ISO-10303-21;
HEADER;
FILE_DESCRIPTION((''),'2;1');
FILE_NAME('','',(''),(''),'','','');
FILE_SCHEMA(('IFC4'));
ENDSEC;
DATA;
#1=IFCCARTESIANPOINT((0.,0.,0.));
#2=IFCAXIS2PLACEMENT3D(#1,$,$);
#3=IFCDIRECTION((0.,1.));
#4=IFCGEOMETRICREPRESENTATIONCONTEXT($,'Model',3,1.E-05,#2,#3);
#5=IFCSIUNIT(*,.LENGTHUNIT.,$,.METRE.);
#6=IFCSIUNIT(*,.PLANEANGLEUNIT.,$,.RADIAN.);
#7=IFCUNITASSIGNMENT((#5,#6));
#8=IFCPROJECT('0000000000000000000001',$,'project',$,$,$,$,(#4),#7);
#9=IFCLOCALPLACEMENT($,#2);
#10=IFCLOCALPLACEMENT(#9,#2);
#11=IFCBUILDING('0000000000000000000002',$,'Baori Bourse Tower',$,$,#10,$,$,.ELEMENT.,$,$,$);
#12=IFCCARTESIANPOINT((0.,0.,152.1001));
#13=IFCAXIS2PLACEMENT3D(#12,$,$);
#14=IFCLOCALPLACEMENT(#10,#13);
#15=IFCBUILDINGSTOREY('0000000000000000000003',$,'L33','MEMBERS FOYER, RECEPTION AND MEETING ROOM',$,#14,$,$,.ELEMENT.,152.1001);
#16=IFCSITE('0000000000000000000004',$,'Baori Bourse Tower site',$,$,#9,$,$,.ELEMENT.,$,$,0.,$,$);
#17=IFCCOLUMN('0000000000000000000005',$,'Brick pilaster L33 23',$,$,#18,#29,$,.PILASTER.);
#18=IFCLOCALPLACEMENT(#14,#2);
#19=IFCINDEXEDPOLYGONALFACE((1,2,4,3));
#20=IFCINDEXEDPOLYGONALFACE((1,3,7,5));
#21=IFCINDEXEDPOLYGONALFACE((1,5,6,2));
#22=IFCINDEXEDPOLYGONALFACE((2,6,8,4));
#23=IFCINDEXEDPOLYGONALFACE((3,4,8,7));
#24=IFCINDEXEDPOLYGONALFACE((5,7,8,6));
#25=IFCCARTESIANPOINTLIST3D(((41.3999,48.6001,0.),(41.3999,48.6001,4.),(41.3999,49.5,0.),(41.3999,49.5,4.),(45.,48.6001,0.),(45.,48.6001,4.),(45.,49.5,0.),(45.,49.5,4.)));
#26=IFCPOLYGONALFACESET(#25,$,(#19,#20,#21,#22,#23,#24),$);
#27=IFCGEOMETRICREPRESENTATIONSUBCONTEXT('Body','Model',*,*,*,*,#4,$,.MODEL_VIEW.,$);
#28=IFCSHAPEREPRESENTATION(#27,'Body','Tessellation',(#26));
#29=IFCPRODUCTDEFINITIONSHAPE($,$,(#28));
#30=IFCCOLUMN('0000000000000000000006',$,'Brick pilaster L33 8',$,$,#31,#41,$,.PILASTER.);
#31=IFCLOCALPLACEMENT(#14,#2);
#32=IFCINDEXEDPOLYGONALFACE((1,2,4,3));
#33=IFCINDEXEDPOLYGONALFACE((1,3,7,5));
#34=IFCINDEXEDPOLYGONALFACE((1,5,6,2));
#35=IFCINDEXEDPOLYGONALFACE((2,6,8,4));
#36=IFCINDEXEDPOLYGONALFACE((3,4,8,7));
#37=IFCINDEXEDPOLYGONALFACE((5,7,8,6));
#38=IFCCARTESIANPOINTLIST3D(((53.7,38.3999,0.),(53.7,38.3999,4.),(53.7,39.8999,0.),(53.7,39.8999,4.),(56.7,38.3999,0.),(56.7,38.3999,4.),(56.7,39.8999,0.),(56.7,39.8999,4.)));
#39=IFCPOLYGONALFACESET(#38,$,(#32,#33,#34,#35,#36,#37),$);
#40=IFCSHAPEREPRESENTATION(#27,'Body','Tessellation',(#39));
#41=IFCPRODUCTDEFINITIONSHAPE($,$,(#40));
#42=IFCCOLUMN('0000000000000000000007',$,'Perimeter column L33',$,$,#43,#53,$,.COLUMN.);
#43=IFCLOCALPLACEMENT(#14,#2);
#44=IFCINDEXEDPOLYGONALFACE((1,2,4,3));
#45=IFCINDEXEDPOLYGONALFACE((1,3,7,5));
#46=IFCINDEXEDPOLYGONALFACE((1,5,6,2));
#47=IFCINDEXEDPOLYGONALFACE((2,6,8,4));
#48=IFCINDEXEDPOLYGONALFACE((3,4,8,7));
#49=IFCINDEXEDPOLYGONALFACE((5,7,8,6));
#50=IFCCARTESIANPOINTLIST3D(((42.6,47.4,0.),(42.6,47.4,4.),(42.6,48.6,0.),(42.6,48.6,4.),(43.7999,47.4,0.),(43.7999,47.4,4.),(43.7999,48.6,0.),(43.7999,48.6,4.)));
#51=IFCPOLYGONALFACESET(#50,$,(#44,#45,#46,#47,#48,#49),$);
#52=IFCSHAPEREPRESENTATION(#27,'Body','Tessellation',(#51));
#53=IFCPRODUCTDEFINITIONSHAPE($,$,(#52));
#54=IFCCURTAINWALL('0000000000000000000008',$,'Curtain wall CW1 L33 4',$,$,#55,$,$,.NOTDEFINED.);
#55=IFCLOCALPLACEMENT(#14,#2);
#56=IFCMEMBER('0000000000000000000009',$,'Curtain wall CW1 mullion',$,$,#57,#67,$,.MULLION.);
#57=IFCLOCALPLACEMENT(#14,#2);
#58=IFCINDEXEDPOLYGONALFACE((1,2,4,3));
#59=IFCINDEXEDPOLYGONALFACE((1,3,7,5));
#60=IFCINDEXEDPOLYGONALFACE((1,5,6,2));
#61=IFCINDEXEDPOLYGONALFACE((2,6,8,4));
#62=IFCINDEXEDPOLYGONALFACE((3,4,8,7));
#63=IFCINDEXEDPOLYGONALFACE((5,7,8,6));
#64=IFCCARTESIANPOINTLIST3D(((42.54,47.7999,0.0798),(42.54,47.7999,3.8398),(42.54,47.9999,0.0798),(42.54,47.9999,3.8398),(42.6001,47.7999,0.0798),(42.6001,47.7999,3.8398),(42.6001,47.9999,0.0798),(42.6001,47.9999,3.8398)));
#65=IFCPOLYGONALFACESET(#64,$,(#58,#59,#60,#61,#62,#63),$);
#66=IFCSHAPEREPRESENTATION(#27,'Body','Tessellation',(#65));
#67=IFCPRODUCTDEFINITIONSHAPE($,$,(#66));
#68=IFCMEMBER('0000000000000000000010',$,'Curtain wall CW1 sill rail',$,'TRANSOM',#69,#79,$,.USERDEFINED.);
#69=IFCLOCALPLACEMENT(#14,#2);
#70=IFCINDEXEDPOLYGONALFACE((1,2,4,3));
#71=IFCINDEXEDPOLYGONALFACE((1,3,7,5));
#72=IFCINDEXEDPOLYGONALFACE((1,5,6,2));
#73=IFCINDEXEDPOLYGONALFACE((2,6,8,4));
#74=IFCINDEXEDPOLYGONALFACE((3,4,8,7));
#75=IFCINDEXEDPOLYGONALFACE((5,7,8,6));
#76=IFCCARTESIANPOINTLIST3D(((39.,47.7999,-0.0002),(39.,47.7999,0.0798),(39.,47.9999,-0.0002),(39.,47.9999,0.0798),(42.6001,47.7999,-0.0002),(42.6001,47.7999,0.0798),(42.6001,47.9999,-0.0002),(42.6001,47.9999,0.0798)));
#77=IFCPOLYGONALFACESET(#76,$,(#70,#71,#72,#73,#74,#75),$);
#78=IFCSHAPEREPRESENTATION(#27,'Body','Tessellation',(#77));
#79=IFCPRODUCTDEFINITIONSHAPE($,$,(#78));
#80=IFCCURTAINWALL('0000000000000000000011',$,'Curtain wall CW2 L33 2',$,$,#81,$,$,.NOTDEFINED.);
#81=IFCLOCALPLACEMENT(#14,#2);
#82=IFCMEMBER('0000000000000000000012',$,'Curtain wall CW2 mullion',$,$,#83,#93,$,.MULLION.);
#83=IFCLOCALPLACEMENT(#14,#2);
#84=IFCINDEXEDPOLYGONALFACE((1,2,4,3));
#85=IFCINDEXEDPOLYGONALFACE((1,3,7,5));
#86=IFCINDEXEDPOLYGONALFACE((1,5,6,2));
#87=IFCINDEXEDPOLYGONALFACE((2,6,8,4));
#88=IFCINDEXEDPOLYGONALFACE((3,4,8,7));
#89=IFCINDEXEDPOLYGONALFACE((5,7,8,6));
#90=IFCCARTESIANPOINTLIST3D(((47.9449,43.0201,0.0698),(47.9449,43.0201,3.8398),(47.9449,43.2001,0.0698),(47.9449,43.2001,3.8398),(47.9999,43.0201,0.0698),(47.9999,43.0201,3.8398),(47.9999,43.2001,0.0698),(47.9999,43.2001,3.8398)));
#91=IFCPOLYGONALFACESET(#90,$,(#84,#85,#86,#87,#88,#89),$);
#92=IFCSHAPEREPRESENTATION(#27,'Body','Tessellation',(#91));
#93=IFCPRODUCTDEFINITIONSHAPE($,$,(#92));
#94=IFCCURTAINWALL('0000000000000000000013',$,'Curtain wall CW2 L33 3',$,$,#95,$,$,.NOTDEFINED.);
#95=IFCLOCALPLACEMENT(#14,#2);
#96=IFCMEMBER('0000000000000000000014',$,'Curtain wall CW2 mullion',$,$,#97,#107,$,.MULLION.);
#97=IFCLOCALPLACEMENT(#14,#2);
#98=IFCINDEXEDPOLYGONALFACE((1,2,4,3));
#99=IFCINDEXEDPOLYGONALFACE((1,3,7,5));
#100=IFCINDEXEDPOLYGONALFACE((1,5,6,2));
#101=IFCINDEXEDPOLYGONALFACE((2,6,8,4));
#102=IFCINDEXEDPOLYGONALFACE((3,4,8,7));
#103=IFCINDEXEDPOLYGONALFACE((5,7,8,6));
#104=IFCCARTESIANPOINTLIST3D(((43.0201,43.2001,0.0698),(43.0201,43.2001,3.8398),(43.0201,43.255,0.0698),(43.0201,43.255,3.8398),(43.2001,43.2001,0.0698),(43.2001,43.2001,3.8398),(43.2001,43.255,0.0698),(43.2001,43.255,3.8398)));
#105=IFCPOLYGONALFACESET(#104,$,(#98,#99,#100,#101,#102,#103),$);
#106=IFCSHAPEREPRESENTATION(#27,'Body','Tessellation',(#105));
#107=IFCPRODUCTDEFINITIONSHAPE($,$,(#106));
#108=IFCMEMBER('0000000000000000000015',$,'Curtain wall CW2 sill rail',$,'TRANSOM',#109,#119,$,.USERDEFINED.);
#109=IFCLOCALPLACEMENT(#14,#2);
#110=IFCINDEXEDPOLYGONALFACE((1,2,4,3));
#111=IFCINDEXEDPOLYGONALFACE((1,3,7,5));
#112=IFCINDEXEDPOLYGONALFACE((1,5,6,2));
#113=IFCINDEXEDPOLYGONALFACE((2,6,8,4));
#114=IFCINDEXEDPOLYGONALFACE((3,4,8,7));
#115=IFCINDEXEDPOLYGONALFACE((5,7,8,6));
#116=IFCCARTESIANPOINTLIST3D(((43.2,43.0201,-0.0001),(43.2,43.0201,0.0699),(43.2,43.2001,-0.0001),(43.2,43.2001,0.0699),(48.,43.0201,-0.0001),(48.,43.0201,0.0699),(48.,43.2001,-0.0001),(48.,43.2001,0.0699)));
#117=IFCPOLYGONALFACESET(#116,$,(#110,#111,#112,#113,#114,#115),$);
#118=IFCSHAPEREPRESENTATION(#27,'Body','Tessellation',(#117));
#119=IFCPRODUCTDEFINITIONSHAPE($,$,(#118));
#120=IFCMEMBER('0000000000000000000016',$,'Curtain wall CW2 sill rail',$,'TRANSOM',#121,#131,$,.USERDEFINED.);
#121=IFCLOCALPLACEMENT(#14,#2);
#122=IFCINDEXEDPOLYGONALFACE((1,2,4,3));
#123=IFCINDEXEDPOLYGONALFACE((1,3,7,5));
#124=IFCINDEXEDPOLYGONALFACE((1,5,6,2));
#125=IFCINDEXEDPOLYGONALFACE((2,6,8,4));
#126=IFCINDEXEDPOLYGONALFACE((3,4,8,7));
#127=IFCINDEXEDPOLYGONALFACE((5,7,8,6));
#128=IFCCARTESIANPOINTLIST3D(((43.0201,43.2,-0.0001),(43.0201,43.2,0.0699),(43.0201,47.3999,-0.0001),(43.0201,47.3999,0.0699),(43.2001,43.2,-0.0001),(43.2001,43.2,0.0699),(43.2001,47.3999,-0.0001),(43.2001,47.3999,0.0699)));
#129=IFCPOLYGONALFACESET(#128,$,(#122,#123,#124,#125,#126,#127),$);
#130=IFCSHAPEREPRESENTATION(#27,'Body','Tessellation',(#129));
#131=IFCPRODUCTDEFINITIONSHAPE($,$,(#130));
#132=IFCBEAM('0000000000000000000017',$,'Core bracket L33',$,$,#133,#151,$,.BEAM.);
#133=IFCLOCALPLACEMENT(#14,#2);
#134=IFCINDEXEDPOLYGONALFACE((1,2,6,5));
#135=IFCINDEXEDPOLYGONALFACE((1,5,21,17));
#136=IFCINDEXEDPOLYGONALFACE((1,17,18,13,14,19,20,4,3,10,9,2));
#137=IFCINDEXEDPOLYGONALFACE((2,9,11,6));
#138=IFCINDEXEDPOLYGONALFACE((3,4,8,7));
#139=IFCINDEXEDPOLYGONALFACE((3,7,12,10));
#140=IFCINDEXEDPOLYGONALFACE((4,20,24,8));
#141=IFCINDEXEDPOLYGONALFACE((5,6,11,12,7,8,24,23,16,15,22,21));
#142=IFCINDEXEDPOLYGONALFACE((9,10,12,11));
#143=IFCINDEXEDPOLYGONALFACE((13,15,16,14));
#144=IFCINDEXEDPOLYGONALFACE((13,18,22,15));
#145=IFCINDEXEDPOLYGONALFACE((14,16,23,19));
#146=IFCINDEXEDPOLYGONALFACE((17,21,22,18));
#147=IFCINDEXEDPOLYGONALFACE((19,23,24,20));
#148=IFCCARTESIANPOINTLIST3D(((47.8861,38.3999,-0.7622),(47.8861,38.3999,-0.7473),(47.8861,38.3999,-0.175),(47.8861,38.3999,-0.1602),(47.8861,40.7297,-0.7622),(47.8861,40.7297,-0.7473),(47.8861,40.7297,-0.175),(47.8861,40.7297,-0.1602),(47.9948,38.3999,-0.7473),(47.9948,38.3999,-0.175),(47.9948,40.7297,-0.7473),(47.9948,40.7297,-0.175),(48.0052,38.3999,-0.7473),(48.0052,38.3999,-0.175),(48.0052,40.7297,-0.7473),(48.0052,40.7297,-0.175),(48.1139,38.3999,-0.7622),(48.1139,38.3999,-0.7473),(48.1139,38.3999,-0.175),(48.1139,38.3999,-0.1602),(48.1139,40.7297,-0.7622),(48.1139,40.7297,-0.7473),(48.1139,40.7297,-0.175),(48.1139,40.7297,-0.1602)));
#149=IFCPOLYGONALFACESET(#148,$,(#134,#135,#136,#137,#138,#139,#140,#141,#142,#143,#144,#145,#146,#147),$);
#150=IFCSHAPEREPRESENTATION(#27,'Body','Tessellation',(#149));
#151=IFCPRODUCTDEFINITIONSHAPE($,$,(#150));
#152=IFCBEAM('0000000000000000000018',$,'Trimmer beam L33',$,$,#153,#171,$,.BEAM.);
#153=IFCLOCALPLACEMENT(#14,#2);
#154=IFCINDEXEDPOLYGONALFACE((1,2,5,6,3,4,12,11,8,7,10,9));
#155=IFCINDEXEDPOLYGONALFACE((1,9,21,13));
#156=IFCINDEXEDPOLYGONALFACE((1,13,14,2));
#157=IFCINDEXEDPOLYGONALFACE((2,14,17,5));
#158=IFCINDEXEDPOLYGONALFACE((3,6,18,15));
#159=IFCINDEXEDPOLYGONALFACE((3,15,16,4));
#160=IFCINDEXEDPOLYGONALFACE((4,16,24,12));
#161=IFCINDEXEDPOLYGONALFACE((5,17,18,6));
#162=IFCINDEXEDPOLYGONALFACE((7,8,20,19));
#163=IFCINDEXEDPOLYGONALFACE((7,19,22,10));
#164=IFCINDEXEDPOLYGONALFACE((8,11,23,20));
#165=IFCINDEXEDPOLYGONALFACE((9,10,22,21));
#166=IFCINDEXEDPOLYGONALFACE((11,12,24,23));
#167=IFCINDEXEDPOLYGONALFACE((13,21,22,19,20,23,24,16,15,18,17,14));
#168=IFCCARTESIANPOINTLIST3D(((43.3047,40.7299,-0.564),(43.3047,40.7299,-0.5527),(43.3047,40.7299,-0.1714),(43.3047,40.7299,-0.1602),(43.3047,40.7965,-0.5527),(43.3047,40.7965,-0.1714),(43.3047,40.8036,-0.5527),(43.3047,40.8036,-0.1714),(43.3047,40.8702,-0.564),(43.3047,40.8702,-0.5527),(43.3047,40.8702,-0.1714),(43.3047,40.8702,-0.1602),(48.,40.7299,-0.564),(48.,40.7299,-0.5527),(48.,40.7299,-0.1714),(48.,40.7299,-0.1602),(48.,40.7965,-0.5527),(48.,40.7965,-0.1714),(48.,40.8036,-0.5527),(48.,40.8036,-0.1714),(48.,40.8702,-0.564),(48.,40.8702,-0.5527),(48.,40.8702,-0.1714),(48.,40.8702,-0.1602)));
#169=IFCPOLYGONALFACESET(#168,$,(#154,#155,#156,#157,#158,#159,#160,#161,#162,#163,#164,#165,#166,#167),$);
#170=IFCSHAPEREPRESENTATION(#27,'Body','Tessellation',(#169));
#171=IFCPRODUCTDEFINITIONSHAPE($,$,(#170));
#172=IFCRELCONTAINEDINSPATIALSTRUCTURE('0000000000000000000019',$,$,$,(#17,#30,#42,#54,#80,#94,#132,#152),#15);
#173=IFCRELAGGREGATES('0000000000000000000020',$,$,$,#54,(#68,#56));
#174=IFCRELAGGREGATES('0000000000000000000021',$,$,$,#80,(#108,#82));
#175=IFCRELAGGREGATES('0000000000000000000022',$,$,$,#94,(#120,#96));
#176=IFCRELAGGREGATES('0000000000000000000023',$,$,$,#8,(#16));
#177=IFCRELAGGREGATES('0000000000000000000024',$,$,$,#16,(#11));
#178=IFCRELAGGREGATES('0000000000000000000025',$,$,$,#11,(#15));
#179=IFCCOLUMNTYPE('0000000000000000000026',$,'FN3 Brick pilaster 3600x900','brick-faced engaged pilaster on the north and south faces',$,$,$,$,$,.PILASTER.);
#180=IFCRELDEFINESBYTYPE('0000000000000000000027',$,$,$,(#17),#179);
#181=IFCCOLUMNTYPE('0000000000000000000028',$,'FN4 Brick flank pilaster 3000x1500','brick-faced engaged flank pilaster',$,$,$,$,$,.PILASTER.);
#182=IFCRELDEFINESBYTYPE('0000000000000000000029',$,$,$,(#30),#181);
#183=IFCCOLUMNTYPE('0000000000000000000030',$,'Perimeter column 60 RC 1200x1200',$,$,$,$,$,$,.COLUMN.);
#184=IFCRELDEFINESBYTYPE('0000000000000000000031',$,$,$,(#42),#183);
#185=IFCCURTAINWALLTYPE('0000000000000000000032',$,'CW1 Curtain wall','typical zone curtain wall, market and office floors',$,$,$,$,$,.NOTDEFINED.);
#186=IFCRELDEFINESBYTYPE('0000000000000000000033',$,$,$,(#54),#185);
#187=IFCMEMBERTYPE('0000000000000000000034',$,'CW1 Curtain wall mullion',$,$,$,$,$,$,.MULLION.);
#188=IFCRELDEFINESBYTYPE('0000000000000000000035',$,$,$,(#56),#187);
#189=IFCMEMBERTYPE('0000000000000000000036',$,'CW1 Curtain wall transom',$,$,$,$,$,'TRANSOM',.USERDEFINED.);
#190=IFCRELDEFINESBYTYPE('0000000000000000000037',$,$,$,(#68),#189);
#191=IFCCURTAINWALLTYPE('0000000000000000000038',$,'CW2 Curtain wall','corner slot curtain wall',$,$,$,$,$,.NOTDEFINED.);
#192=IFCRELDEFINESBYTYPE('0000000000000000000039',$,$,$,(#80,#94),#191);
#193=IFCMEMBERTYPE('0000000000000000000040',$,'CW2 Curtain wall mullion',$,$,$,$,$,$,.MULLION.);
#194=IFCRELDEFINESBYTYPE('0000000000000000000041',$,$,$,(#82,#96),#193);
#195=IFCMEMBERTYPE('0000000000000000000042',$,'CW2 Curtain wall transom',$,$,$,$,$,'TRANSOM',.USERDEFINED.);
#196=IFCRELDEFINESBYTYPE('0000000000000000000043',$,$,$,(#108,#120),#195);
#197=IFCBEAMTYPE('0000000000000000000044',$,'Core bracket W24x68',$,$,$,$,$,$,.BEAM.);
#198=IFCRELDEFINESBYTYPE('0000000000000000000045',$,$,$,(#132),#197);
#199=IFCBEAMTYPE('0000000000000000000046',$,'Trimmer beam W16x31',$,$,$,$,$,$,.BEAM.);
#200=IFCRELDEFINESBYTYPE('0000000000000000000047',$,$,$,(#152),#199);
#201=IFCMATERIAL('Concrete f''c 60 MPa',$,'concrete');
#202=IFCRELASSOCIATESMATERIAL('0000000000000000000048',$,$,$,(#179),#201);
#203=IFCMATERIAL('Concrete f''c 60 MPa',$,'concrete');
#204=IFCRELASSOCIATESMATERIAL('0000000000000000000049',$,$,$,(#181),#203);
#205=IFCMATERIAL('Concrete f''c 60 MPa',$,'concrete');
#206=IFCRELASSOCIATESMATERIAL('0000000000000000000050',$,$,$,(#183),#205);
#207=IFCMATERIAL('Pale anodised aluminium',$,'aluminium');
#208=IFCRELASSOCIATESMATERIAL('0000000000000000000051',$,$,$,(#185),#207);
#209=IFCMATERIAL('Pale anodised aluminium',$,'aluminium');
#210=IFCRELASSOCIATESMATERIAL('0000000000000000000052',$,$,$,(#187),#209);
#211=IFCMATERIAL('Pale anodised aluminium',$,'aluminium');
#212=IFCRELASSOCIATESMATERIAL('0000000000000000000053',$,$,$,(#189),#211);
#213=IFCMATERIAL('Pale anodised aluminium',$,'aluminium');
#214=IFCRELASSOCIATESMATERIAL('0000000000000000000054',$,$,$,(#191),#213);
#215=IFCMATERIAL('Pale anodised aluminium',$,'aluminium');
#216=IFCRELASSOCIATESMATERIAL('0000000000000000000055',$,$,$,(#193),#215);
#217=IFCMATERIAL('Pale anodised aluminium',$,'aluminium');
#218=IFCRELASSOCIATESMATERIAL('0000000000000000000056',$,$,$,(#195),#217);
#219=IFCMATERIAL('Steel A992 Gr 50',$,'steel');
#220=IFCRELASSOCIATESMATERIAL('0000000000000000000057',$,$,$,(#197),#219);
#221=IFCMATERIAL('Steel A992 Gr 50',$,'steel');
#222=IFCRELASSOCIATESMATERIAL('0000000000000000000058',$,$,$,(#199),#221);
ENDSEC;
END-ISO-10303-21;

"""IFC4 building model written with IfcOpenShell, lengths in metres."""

from ifc_helpers import new_model, si_unit, direction, frame, origin, origin_2d, place, context, subcontext, project, spatial, rectangle, i_section, extrude, material, material_profile, profile_set, type_object, element, aggregate, save


model = new_model("IFC4")

# Units and contexts
model_context = context("Model", 3, precision=1e-05, world=origin(), true_north=direction((0.0, 1.0)))
body_context = subcontext(model_context, "Body", "Model", "MODEL_VIEW")
ifc_project = project(units=[si_unit("LENGTHUNIT", "METRE"), si_unit("PLANEANGLEUNIT", "RADIAN")], contexts=[model_context])

# Site, building, storey
site_placement = place(None, origin())
site = spatial("IfcSite", under=ifc_project, at=site_placement, Name="Baori Bourse Tower site", CompositionType="ELEMENT", RefElevation=0.0)
building_placement = place(site_placement, origin())
building = spatial("IfcBuilding", under=site, at=building_placement, Name="Baori Bourse Tower", CompositionType="ELEMENT")
storey_placement = place(building_placement, frame((0.0, 0.0, 152.1001)))
storey = spatial("IfcBuildingStorey", under=building, at=storey_placement, Name="L33", Description="MEMBERS FOYER, RECEPTION AND MEETING ROOM", CompositionType="ELEMENT", Elevation=152.1001)

# Columns
ifc_material_1 = material(Name="Concrete f'c 60 MPa", Category="concrete")
ifc_material_profile_1 = material_profile(ifc_material_1, rectangle(XDim=3.6001, YDim=0.8999, at=origin_2d()), Name="RC 3600x900")
ifc_profile_set_1 = profile_set([ifc_material_profile_1], Name="Concrete f'c 60 MPa")
column_type_1 = type_object("IfcColumnType", Name="FN3 Brick pilaster 3600x900", Description="brick-faced engaged pilaster on the north and south faces", PredefinedType="PILASTER", material=ifc_profile_set_1)
column_1_placement = place(storey_placement, frame((43.2, 49.05, 0.0), z_axis=(0.0, 0.0, 1.0), x_axis=(1.0, 0.0, 0.0)))
element("IfcColumn", 1, at=column_1_placement, inside=storey, type_object=column_type_1, Name="Brick pilaster L33 23", PredefinedType="PILASTER", context=body_context, shape_type="SweptSolid", body=[
    extrude(rectangle(XDim=3.6001, YDim=0.8999, at=origin_2d()), origin(), (0.0, 0.0, 1.0), 4.0),
])
ifc_material_2 = material(Name="Concrete f'c 60 MPa", Category="concrete")
ifc_material_profile_2 = material_profile(ifc_material_2, rectangle(XDim=3.0, YDim=1.5, at=origin_2d()), Name="RC 3000x1500")
ifc_profile_set_2 = profile_set([ifc_material_profile_2], Name="Concrete f'c 60 MPa")
column_type_2 = type_object("IfcColumnType", Name="FN4 Brick flank pilaster 3000x1500", Description="brick-faced engaged flank pilaster", PredefinedType="PILASTER", material=ifc_profile_set_2)
column_2_placement = place(storey_placement, frame((55.2, 39.1499, 0.0), z_axis=(0.0, 0.0, 1.0), x_axis=(1.0, 0.0, 0.0)))
element("IfcColumn", 2, at=column_2_placement, inside=storey, type_object=column_type_2, Name="Brick pilaster L33 8", PredefinedType="PILASTER", context=body_context, shape_type="SweptSolid", body=[
    extrude(rectangle(XDim=3.0, YDim=1.5, at=origin_2d()), origin(), (0.0, 0.0, 1.0), 4.0),
])
ifc_material_3 = material(Name="Concrete f'c 60 MPa", Category="concrete")
ifc_material_profile_3 = material_profile(ifc_material_3, rectangle(XDim=1.2, YDim=1.2, at=origin_2d()), Name="RC 1200x1200")
ifc_profile_set_3 = profile_set([ifc_material_profile_3], Name="Concrete f'c 60 MPa")
column_type_3 = type_object("IfcColumnType", Name="Perimeter column 60 RC 1200x1200", PredefinedType="COLUMN", material=ifc_profile_set_3)
column_3_placement = place(storey_placement, frame((43.2, 48.0, 0.0), z_axis=(0.0, 0.0, 1.0), x_axis=(1.0, 0.0, 0.0)))
element("IfcColumn", 3, at=column_3_placement, inside=storey, type_object=column_type_3, Name="Perimeter column L33", PredefinedType="COLUMN", context=body_context, shape_type="SweptSolid", body=[
    extrude(rectangle(XDim=1.2, YDim=1.2, at=origin_2d()), origin(), (0.0, 0.0, 1.0), 4.0),
])

# Curtain wall, members
ifc_material_4 = material(Name="Pale anodised aluminium", Category="aluminium")
curtain_wall_type_1 = type_object("IfcCurtainWallType", Name="CW1 Curtain wall", Description="typical zone curtain wall, market and office floors", PredefinedType="NOTDEFINED", material=ifc_material_4)
curtain_wall_1_placement = place(storey_placement, origin())
curtain_wall_1 = element("IfcCurtainWall", 4, at=curtain_wall_1_placement, inside=storey, type_object=curtain_wall_type_1, Name="Curtain wall CW1 L33 4", PredefinedType="NOTDEFINED")
ifc_material_5 = material(Name="Pale anodised aluminium", Category="aluminium")
ifc_material_profile_4 = material_profile(ifc_material_5, rectangle(XDim=0.2, YDim=0.0601, at=origin_2d()), Name="Mullion 60x200")
ifc_profile_set_4 = profile_set([ifc_material_profile_4], Name="Pale anodised aluminium")
member_type_1 = type_object("IfcMemberType", Name="CW1 Curtain wall mullion", PredefinedType="MULLION", material=ifc_profile_set_4)
member_1_placement = place(storey_placement, frame((42.5701, 47.8999, 0.0798), z_axis=(0.0, 0.0, 1.0), x_axis=(0.0, -1.0, 0.0)))
member_1 = element("IfcMember", 5, at=member_1_placement, type_object=member_type_1, Name="Curtain wall CW1 mullion", PredefinedType="MULLION", context=body_context, shape_type="SweptSolid", body=[
    extrude(rectangle(XDim=0.2, YDim=0.0601, at=origin_2d()), origin(), (0.0, 0.0, 1.0), 3.76),
])
ifc_material_6 = material(Name="Pale anodised aluminium", Category="aluminium")
ifc_material_profile_5 = material_profile(ifc_material_6, rectangle(XDim=0.2, YDim=0.0801, at=origin_2d()), Name="Transom 80x200")
ifc_profile_set_5 = profile_set([ifc_material_profile_5], Name="Pale anodised aluminium")
member_type_2 = type_object("IfcMemberType", Name="CW1 Curtain wall transom", ElementType="TRANSOM", PredefinedType="USERDEFINED", material=ifc_profile_set_5)
member_2_placement = place(storey_placement, frame((42.6001, 47.8999, 0.0398), z_axis=(-1.0, 0.0, 0.0), x_axis=(0.0, -1.0, 0.0)))
member_2 = element("IfcMember", 6, at=member_2_placement, type_object=member_type_2, Name="Curtain wall CW1 sill rail", ObjectType="TRANSOM", PredefinedType="USERDEFINED", context=body_context, shape_type="SweptSolid", body=[
    extrude(rectangle(XDim=0.2, YDim=0.0801, at=origin_2d()), origin(), (0.0, 0.0, 1.0), 3.6001),
])

# Curtain walls, members
ifc_material_7 = material(Name="Pale anodised aluminium", Category="aluminium")
curtain_wall_type_2 = type_object("IfcCurtainWallType", Name="CW2 Curtain wall", Description="corner slot curtain wall", PredefinedType="NOTDEFINED", material=ifc_material_7)
curtain_wall_2_placement = place(storey_placement, origin())
curtain_wall_2 = element("IfcCurtainWall", 7, at=curtain_wall_2_placement, inside=storey, type_object=curtain_wall_type_2, Name="Curtain wall CW2 L33 2", PredefinedType="NOTDEFINED")
ifc_material_8 = material(Name="Pale anodised aluminium", Category="aluminium")
ifc_material_profile_6 = material_profile(ifc_material_8, rectangle(XDim=0.1799, YDim=0.0549, at=origin_2d()), Name="Mullion 55x180")
ifc_profile_set_6 = profile_set([ifc_material_profile_6], Name="Pale anodised aluminium")
member_type_3 = type_object("IfcMemberType", Name="CW2 Curtain wall mullion", PredefinedType="MULLION", material=ifc_profile_set_6)
member_3_placement = place(storey_placement, frame((47.9724, 43.1101, 0.0698), z_axis=(0.0, 0.0, 1.0), x_axis=(0.0, -1.0, 0.0)))
member_3 = element("IfcMember", 8, at=member_3_placement, type_object=member_type_3, Name="Curtain wall CW2 mullion", PredefinedType="MULLION", context=body_context, shape_type="SweptSolid", body=[
    extrude(rectangle(XDim=0.1799, YDim=0.0549, at=origin_2d()), origin(), (0.0, 0.0, 1.0), 3.77),
])
curtain_wall_3_placement = place(storey_placement, origin())
curtain_wall_3 = element("IfcCurtainWall", 9, at=curtain_wall_3_placement, inside=storey, type_object=curtain_wall_type_2, Name="Curtain wall CW2 L33 3", PredefinedType="NOTDEFINED")
member_4_placement = place(storey_placement, frame((43.1101, 43.2275, 0.0698), z_axis=(0.0, 0.0, 1.0), x_axis=(-1.0, 0.0, 0.0)))
member_4 = element("IfcMember", 10, at=member_4_placement, type_object=member_type_3, Name="Curtain wall CW2 mullion", PredefinedType="MULLION", context=body_context, shape_type="SweptSolid", body=[
    extrude(rectangle(XDim=0.1799, YDim=0.0549, at=origin_2d()), origin(), (0.0, 0.0, 1.0), 3.77),
])

# Members
ifc_material_9 = material(Name="Pale anodised aluminium", Category="aluminium")
ifc_material_profile_7 = material_profile(ifc_material_9, rectangle(XDim=0.1799, YDim=0.0701, at=origin_2d()), Name="Transom 70x180")
ifc_profile_set_7 = profile_set([ifc_material_profile_7], Name="Pale anodised aluminium")
member_type_4 = type_object("IfcMemberType", Name="CW2 Curtain wall transom", ElementType="TRANSOM", PredefinedType="USERDEFINED", material=ifc_profile_set_7)
member_5_placement = place(storey_placement, frame((48.0, 43.1101, 0.0349), z_axis=(-1.0, 0.0, 0.0), x_axis=(0.0, -1.0, 0.0)))
member_5 = element("IfcMember", 11, at=member_5_placement, type_object=member_type_4, Name="Curtain wall CW2 sill rail", ObjectType="TRANSOM", PredefinedType="USERDEFINED", context=body_context, shape_type="SweptSolid", body=[
    extrude(rectangle(XDim=0.1799, YDim=0.0701, at=origin_2d()), origin(), (0.0, 0.0, 1.0), 4.8),
])
member_6_placement = place(storey_placement, frame((43.1101, 43.2, 0.0349), z_axis=(0.0, 1.0, 0.0), x_axis=(-1.0, 0.0, 0.0)))
member_6 = element("IfcMember", 12, at=member_6_placement, type_object=member_type_4, Name="Curtain wall CW2 sill rail", ObjectType="TRANSOM", PredefinedType="USERDEFINED", context=body_context, shape_type="SweptSolid", body=[
    extrude(rectangle(XDim=0.1799, YDim=0.0701, at=origin_2d()), origin(), (0.0, 0.0, 1.0), 4.2),
])

# Beams
ifc_material_10 = material(Name="Steel A992 Gr 50", Category="steel")
ifc_material_profile_8 = material_profile(ifc_material_10, i_section(OverallWidth=0.2278, OverallDepth=0.6021, WebThickness=0.0105, FlangeThickness=0.0149, at=origin_2d()), Name="W24x68")
ifc_profile_set_8 = profile_set([ifc_material_profile_8], Name="Steel A992 Gr 50")
beam_type_1 = type_object("IfcBeamType", Name="Core bracket W24x68", PredefinedType="BEAM", material=ifc_profile_set_8)
beam_1_placement = place(storey_placement, frame((48.0, 38.3999, -0.4612), z_axis=(0.0, 1.0, 0.0), x_axis=(-1.0, 0.0, 0.0)))
element("IfcBeam", 13, at=beam_1_placement, inside=storey, type_object=beam_type_1, Name="Core bracket L33", PredefinedType="BEAM", context=body_context, shape_type="SweptSolid", body=[
    extrude(i_section(OverallWidth=0.2278, OverallDepth=0.6021, WebThickness=0.0105, FlangeThickness=0.0149, at=origin_2d()), origin(), (0.0, 0.0, 1.0), 2.3298),
])
ifc_material_11 = material(Name="Steel A992 Gr 50", Category="steel")
ifc_material_profile_9 = material_profile(ifc_material_11, i_section(OverallWidth=0.1404, OverallDepth=0.4038, WebThickness=0.0071, FlangeThickness=0.0112, at=origin_2d()), Name="W16x31")
ifc_profile_set_9 = profile_set([ifc_material_profile_9], Name="Steel A992 Gr 50")
beam_type_2 = type_object("IfcBeamType", Name="Trimmer beam W16x31", PredefinedType="BEAM", material=ifc_profile_set_9)
beam_2_placement = place(storey_placement, frame((43.3047, 40.8, -0.3621), z_axis=(1.0, 0.0, 0.0), x_axis=(0.0, 1.0, 0.0)))
element("IfcBeam", 14, at=beam_2_placement, inside=storey, type_object=beam_type_2, Name="Trimmer beam L33", PredefinedType="BEAM", context=body_context, shape_type="SweptSolid", body=[
    extrude(i_section(OverallWidth=0.1404, OverallDepth=0.4038, WebThickness=0.0071, FlangeThickness=0.0112, at=origin_2d()), origin(), (0.0, 0.0, 1.0), 4.6953),
])

aggregate(curtain_wall_1, [member_2, member_1])

aggregate(curtain_wall_2, [member_5, member_3])
aggregate(curtain_wall_3, [member_6, member_4])

save(model, "model.ifc")
